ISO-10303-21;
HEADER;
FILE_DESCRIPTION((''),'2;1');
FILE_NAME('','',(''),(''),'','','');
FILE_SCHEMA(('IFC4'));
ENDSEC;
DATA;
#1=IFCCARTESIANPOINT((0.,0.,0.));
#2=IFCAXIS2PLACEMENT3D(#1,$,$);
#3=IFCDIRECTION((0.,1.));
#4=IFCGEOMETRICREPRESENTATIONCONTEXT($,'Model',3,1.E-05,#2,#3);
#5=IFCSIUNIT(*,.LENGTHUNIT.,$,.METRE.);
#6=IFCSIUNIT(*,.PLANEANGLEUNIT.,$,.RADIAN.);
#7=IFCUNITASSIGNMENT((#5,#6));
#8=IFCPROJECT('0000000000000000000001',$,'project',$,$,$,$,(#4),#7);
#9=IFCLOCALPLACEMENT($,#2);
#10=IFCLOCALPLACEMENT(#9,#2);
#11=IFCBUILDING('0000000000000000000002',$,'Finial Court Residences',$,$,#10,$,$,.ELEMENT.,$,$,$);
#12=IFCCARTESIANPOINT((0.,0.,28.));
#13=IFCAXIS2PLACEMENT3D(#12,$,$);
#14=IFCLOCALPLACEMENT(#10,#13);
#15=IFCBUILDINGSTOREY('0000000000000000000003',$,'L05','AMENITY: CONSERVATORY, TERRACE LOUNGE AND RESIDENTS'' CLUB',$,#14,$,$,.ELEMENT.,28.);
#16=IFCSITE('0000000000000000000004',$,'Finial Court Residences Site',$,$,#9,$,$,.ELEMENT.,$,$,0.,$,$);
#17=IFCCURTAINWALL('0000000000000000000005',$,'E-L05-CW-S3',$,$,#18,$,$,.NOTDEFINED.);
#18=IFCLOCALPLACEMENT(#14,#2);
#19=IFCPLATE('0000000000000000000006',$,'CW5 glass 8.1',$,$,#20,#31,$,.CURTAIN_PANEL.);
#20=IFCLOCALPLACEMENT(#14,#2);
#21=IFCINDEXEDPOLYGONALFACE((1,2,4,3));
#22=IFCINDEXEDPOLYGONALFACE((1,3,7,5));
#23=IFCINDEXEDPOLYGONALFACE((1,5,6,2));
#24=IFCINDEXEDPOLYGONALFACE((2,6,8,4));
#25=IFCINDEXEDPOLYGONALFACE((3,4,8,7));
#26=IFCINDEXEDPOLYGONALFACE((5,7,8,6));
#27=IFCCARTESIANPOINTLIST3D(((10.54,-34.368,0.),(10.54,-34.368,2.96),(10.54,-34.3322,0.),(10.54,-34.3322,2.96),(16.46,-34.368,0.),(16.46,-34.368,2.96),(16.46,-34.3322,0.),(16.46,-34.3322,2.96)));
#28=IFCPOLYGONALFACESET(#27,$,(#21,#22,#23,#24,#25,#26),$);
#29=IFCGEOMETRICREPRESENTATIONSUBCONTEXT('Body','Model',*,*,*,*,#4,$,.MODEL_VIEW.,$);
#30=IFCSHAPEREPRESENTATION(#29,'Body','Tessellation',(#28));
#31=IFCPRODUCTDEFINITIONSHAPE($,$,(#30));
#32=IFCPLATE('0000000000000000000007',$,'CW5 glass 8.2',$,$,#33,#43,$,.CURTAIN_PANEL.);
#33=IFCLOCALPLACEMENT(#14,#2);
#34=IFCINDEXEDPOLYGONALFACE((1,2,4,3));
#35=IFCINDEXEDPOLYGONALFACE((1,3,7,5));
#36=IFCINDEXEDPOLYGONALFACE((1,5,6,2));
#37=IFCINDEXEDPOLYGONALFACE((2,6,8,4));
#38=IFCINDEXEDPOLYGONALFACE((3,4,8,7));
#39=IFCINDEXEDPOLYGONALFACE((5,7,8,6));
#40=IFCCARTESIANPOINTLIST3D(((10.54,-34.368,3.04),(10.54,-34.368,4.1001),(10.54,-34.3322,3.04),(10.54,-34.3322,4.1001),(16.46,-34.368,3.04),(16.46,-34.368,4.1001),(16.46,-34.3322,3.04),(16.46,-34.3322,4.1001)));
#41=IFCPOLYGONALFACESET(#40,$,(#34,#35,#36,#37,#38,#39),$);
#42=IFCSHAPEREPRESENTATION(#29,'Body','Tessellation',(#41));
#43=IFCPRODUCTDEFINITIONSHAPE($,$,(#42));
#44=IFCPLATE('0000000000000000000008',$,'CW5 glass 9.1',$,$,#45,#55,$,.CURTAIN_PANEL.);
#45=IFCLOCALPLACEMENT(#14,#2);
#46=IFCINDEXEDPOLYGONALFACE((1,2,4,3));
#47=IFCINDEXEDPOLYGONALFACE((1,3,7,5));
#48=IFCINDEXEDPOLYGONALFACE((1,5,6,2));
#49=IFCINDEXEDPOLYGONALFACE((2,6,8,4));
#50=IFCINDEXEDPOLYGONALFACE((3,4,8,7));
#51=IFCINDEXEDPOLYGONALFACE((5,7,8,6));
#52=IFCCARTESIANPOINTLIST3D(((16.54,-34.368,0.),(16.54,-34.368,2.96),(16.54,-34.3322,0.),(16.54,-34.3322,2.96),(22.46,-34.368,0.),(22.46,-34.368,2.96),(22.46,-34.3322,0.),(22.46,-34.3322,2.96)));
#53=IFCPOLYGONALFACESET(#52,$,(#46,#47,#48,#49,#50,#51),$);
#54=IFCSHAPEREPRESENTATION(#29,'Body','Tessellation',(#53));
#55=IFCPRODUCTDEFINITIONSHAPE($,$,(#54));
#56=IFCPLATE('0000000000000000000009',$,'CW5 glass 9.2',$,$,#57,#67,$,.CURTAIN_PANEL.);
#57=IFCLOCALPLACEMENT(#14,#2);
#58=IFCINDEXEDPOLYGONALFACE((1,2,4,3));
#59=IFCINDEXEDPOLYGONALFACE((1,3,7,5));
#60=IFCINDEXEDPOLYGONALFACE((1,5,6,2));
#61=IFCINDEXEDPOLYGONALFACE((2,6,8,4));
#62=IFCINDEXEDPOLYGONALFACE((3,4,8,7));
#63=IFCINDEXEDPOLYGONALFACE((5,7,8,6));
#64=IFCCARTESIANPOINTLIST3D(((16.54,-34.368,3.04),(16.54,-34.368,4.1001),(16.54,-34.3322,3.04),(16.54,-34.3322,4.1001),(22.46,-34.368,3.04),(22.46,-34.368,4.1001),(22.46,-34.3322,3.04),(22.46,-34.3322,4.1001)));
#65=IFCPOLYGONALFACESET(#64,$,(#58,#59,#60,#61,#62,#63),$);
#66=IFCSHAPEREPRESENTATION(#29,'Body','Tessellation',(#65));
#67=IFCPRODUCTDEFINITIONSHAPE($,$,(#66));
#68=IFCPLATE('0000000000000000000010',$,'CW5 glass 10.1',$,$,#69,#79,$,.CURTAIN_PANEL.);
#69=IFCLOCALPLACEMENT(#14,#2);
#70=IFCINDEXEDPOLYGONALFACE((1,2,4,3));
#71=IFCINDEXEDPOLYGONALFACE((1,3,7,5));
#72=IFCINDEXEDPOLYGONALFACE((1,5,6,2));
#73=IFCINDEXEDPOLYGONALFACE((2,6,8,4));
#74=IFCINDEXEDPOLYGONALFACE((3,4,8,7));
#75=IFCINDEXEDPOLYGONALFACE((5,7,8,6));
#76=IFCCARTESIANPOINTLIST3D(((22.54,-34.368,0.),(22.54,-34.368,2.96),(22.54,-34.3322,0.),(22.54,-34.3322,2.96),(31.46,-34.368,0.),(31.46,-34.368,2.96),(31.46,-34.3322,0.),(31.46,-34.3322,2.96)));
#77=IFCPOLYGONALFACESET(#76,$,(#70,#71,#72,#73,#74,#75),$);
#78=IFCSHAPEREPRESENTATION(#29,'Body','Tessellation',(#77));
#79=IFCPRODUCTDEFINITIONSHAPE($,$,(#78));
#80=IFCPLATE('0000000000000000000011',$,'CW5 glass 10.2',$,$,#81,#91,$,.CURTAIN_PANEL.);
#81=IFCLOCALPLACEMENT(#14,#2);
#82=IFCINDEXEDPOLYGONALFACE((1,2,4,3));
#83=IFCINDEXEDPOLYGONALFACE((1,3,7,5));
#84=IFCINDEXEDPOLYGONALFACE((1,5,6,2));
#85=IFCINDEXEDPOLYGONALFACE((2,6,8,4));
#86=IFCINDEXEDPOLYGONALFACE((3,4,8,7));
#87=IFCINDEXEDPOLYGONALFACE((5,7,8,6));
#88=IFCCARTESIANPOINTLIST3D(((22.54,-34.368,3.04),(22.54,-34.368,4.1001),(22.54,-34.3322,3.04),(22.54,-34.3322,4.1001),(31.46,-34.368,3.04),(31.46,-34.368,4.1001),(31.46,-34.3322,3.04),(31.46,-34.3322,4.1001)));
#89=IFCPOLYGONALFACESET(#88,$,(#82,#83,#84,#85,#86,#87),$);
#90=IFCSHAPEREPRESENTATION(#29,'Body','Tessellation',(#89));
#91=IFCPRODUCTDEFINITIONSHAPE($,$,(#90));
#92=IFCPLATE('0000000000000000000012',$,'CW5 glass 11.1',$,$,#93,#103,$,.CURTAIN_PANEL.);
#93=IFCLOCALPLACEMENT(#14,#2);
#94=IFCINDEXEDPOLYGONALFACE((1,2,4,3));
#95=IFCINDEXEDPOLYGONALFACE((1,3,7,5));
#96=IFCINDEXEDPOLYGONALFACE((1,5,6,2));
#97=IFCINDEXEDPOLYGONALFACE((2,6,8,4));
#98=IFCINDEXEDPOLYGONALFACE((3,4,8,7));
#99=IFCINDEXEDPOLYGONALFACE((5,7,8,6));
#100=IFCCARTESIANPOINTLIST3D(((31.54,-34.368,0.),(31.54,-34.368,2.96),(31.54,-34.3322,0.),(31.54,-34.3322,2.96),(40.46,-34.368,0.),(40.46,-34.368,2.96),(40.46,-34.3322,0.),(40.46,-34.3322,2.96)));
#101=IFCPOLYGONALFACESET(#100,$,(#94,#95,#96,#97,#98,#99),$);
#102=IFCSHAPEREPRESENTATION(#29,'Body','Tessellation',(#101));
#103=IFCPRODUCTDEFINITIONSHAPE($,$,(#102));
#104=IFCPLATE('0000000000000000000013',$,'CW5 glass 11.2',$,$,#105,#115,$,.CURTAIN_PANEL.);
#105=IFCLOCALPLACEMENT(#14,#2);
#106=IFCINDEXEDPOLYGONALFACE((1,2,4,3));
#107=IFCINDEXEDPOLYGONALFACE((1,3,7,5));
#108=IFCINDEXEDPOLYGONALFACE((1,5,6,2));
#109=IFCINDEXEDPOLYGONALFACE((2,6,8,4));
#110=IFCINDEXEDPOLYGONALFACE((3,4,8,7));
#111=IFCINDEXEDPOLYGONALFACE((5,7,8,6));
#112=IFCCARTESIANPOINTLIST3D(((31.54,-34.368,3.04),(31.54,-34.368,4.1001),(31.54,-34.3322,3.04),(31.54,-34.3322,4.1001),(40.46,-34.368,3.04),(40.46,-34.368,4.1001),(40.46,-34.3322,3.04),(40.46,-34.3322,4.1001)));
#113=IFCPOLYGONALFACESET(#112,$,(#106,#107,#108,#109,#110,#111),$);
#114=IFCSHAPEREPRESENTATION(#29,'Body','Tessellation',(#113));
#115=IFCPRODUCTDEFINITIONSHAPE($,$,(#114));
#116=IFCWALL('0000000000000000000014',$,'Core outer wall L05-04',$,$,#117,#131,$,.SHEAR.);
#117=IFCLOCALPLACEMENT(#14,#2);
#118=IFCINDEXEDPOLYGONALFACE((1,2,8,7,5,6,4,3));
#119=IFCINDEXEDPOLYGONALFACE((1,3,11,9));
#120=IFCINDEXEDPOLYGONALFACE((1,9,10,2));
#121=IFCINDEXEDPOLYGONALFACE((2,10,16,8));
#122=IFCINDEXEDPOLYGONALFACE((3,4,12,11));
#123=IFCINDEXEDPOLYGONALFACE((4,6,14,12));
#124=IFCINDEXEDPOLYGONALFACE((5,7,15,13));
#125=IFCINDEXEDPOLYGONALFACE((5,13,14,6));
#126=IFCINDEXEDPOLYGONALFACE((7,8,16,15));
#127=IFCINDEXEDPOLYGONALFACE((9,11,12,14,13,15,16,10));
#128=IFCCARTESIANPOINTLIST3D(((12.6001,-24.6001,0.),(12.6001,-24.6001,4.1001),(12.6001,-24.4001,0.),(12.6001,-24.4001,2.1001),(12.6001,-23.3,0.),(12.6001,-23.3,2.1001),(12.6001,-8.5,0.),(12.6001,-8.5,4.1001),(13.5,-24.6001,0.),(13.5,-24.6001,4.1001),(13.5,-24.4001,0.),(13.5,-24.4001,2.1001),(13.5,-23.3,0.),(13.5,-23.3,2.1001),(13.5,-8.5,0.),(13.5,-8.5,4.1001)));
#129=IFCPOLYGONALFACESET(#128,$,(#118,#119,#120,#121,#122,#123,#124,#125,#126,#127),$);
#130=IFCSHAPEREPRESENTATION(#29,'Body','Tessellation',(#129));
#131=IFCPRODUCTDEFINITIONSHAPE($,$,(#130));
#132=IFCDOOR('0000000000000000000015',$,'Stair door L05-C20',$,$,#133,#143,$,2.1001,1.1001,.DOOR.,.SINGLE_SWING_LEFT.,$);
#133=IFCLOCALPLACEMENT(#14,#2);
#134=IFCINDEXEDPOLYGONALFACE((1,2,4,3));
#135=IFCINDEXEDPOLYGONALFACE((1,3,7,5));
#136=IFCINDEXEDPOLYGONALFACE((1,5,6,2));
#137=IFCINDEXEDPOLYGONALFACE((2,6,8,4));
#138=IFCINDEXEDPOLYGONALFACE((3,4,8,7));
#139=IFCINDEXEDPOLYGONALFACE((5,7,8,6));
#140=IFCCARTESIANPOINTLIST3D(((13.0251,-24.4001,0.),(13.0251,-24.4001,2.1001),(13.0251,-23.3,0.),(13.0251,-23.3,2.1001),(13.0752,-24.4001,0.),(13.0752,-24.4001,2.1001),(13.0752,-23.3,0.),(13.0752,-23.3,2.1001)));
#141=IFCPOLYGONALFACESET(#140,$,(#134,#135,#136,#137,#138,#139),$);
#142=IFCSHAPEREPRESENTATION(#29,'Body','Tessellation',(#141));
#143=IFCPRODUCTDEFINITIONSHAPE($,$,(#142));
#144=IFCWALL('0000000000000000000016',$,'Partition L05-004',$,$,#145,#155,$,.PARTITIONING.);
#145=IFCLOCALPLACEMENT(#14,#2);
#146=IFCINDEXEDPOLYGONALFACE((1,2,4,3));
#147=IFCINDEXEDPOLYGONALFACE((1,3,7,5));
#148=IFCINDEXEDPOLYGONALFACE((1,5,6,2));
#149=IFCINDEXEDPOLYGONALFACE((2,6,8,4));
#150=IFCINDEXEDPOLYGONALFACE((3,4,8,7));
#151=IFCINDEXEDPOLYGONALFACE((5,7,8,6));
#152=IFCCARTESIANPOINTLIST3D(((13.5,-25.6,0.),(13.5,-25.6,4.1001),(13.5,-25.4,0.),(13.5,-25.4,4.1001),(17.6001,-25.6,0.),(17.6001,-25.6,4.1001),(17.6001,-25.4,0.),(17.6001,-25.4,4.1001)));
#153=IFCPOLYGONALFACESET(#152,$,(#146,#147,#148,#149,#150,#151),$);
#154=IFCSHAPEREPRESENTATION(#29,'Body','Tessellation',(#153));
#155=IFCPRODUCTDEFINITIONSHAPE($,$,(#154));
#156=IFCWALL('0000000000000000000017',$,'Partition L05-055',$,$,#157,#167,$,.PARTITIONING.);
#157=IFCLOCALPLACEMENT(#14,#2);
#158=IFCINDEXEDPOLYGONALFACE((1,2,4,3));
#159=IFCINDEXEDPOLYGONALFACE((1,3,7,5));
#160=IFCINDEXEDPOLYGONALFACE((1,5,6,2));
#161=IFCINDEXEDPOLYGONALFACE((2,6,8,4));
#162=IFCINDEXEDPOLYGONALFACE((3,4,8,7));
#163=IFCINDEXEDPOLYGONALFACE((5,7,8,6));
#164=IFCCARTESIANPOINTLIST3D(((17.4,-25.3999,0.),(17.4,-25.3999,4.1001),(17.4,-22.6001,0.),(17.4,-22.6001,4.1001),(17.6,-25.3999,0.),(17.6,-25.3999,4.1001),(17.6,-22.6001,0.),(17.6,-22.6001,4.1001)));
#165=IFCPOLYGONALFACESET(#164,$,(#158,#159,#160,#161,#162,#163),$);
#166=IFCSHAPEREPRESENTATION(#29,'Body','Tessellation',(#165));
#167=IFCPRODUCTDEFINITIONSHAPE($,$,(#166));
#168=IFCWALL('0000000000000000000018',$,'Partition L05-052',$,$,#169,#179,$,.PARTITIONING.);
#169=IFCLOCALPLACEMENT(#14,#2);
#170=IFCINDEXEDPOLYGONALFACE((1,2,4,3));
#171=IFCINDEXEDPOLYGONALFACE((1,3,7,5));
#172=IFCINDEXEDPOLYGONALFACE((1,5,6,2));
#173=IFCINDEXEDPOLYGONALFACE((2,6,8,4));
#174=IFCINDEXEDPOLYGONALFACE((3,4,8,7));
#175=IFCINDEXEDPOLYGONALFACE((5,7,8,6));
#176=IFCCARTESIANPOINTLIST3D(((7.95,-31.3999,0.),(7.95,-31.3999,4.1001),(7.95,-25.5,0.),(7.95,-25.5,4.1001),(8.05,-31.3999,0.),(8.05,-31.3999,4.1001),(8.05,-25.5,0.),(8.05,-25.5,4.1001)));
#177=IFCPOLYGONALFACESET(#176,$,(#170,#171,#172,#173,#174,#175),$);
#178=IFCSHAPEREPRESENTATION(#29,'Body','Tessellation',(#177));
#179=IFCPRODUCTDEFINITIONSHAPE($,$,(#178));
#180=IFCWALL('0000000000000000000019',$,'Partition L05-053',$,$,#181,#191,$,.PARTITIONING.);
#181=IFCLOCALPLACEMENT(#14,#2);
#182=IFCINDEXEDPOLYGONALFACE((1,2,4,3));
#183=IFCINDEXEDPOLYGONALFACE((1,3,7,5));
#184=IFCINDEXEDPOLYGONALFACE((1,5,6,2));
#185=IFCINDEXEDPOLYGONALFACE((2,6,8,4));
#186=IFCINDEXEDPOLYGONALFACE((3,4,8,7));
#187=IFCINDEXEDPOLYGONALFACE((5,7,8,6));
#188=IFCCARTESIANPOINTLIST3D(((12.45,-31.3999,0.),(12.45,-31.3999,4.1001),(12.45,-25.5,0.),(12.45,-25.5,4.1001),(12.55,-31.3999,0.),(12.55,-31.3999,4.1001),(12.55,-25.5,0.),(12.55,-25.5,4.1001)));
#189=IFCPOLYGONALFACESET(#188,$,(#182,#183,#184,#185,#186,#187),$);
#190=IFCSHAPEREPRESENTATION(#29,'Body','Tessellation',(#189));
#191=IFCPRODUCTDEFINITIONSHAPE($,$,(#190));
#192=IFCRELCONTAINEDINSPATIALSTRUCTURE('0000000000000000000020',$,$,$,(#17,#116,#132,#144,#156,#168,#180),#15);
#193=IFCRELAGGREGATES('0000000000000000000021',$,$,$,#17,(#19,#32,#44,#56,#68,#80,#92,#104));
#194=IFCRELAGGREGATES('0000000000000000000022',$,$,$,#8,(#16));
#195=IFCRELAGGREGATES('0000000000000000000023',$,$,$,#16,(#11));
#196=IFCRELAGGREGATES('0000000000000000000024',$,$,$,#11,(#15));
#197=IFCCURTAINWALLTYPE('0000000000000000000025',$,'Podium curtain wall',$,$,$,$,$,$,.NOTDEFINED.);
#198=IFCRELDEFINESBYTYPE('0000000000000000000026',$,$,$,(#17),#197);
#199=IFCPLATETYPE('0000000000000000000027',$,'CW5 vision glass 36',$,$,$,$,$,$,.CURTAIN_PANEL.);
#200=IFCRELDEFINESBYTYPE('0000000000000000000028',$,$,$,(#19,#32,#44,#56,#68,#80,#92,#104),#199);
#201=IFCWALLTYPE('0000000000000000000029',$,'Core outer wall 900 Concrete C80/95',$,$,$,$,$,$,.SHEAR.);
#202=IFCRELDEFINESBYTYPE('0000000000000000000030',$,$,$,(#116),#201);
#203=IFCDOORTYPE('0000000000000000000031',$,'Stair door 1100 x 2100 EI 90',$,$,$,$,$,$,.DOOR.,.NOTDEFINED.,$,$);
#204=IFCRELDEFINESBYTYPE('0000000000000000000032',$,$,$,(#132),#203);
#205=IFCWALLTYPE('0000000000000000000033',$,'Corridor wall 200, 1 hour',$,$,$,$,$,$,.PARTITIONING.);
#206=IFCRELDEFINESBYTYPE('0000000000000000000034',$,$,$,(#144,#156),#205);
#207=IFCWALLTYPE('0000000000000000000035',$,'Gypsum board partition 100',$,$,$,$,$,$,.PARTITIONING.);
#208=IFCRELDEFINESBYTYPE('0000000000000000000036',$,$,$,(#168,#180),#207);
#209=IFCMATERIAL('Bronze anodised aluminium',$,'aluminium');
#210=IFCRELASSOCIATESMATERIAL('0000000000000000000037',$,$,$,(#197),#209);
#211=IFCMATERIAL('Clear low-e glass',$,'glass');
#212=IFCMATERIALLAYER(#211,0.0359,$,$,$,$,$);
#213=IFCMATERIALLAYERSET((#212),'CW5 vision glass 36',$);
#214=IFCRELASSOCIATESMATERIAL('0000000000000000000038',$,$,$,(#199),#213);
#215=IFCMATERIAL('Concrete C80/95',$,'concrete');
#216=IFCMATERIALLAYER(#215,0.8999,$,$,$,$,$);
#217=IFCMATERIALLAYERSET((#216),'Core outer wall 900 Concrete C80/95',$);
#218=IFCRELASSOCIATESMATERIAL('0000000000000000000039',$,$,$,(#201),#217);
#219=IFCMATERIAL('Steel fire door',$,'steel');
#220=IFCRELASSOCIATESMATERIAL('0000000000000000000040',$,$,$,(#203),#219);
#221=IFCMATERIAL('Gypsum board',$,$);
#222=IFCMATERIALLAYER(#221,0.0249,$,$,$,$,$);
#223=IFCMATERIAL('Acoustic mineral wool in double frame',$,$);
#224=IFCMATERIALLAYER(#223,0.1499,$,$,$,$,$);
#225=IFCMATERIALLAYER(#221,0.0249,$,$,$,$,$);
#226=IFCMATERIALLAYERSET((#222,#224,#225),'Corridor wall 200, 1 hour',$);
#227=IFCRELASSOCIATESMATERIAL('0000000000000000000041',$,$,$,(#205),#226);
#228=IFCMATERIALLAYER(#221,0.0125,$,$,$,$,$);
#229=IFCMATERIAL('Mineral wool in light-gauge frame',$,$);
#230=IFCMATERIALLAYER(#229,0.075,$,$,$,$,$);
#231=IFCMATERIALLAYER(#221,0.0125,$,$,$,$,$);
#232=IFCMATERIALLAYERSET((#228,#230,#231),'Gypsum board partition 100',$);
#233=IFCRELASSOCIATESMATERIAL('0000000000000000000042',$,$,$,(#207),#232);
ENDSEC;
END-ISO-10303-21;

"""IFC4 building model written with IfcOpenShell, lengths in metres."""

from ifc_helpers import new_model, si_unit, direction, frame, frame_2d, origin, origin_2d, place, context, subcontext, project, spatial, rectangle, extrude, material, layer, layer_set, type_object, element, fill, aggregate, save


model = new_model("IFC4")

# Units and contexts
model_context = context("Model", 3, precision=1e-05, world=origin(), true_north=direction((0.0, 1.0)))
body_context = subcontext(model_context, "Body", "Model", "MODEL_VIEW")
ifc_project = project(units=[si_unit("LENGTHUNIT", "METRE"), si_unit("PLANEANGLEUNIT", "RADIAN")], contexts=[model_context])

# Site, building, storey
site_placement = place(None, origin())
site = spatial("IfcSite", under=ifc_project, at=site_placement, Name="Finial Court Residences Site", CompositionType="ELEMENT", RefElevation=0.0)
building_placement = place(site_placement, origin())
building = spatial("IfcBuilding", under=site, at=building_placement, Name="Finial Court Residences", CompositionType="ELEMENT")
storey_placement = place(building_placement, frame((0.0, 0.0, 28.0)))
storey = spatial("IfcBuildingStorey", under=building, at=storey_placement, Name="L05", Description="AMENITY: CONSERVATORY, TERRACE LOUNGE AND RESIDENTS' CLUB", CompositionType="ELEMENT", Elevation=28.0)

# Shared definitions
ifc_material_1 = material(Name="Concrete C80/95", Category="concrete")

# Curtain wall, plates
ifc_material_2 = material(Name="Bronze anodised aluminium", Category="aluminium")
curtain_wall_type = type_object("IfcCurtainWallType", Name="Podium curtain wall", PredefinedType="NOTDEFINED", material=ifc_material_2)
curtain_wall_placement = place(storey_placement, origin())
curtain_wall = element("IfcCurtainWall", 1, at=curtain_wall_placement, inside=storey, type_object=curtain_wall_type, Name="E-L05-CW-S3", PredefinedType="NOTDEFINED")
ifc_material_3 = material(Name="Clear low-e glass", Category="glass")
ifc_layer_1 = layer(ifc_material_3, 0.0359)
ifc_layer_set_1 = layer_set([ifc_layer_1], Name="CW5 vision glass 36")
plate_type = type_object("IfcPlateType", Name="CW5 vision glass 36", PredefinedType="CURTAIN_PANEL", material=ifc_layer_set_1)
plate_1_placement = place(storey_placement, frame((13.5, -34.3501, 0.0), z_axis=(0.0, 0.0, 1.0), x_axis=(1.0, 0.0, 0.0)))
plate_1 = element("IfcPlate", 2, at=plate_1_placement, type_object=plate_type, Name="CW5 glass 8.1", PredefinedType="CURTAIN_PANEL", context=body_context, shape_type="SweptSolid", body=[
    extrude(rectangle(XDim=5.9199, YDim=0.0359, at=origin_2d()), origin(), (0.0, 0.0, 1.0), 2.96),
])
plate_2_placement = place(storey_placement, frame((13.5, -34.3501, 3.04), z_axis=(0.0, 0.0, 1.0), x_axis=(1.0, 0.0, 0.0)))
plate_2 = element("IfcPlate", 3, at=plate_2_placement, type_object=plate_type, Name="CW5 glass 8.2", PredefinedType="CURTAIN_PANEL", context=body_context, shape_type="SweptSolid", body=[
    extrude(rectangle(XDim=5.9199, YDim=0.0359, at=origin_2d()), origin(), (0.0, 0.0, 1.0), 1.0601),
])
plate_3_placement = place(storey_placement, frame((19.5, -34.3501, 0.0), z_axis=(0.0, 0.0, 1.0), x_axis=(1.0, 0.0, 0.0)))
plate_3 = element("IfcPlate", 4, at=plate_3_placement, type_object=plate_type, Name="CW5 glass 9.1", PredefinedType="CURTAIN_PANEL", context=body_context, shape_type="SweptSolid", body=[
    extrude(rectangle(XDim=5.9199, YDim=0.0359, at=origin_2d()), origin(), (0.0, 0.0, 1.0), 2.96),
])
plate_4_placement = place(storey_placement, frame((19.5, -34.3501, 3.04), z_axis=(0.0, 0.0, 1.0), x_axis=(1.0, 0.0, 0.0)))
plate_4 = element("IfcPlate", 5, at=plate_4_placement, type_object=plate_type, Name="CW5 glass 9.2", PredefinedType="CURTAIN_PANEL", context=body_context, shape_type="SweptSolid", body=[
    extrude(rectangle(XDim=5.9199, YDim=0.0359, at=origin_2d()), origin(), (0.0, 0.0, 1.0), 1.0601),
])
plate_5_placement = place(storey_placement, frame((27.0, -34.3501, 0.0), z_axis=(0.0, 0.0, 1.0), x_axis=(1.0, 0.0, 0.0)))
plate_5 = element("IfcPlate", 6, at=plate_5_placement, type_object=plate_type, Name="CW5 glass 10.1", PredefinedType="CURTAIN_PANEL", context=body_context, shape_type="SweptSolid", body=[
    extrude(rectangle(XDim=8.9199, YDim=0.0359, at=origin_2d()), origin(), (0.0, 0.0, 1.0), 2.96),
])
plate_6_placement = place(storey_placement, frame((27.0, -34.3501, 3.04), z_axis=(0.0, 0.0, 1.0), x_axis=(1.0, 0.0, 0.0)))
plate_6 = element("IfcPlate", 7, at=plate_6_placement, type_object=plate_type, Name="CW5 glass 10.2", PredefinedType="CURTAIN_PANEL", context=body_context, shape_type="SweptSolid", body=[
    extrude(rectangle(XDim=8.9199, YDim=0.0359, at=origin_2d()), origin(), (0.0, 0.0, 1.0), 1.0601),
])
plate_7_placement = place(storey_placement, frame((36.0, -34.3501, 0.0), z_axis=(0.0, 0.0, 1.0), x_axis=(1.0, 0.0, 0.0)))
plate_7 = element("IfcPlate", 8, at=plate_7_placement, type_object=plate_type, Name="CW5 glass 11.1", PredefinedType="CURTAIN_PANEL", context=body_context, shape_type="SweptSolid", body=[
    extrude(rectangle(XDim=8.9199, YDim=0.0359, at=origin_2d()), origin(), (0.0, 0.0, 1.0), 2.96),
])
plate_8_placement = place(storey_placement, frame((36.0, -34.3501, 3.04), z_axis=(0.0, 0.0, 1.0), x_axis=(1.0, 0.0, 0.0)))
plate_8 = element("IfcPlate", 9, at=plate_8_placement, type_object=plate_type, Name="CW5 glass 11.2", PredefinedType="CURTAIN_PANEL", context=body_context, shape_type="SweptSolid", body=[
    extrude(rectangle(XDim=8.9199, YDim=0.0359, at=origin_2d()), origin(), (0.0, 0.0, 1.0), 1.0601),
])
aggregate(curtain_wall, [plate_1, plate_2, plate_3, plate_4, plate_5, plate_6, plate_7, plate_8])

# Wall, opening, door
ifc_layer_2 = layer(ifc_material_1, 0.8999)
ifc_layer_set_2 = layer_set([ifc_layer_2], Name="Core outer wall 900 Concrete C80/95")
wall_type_1 = type_object("IfcWallType", Name="Core outer wall 900 Concrete C80/95", PredefinedType="SHEAR", material=ifc_layer_set_2)
wall_1_placement = place(storey_placement, frame((13.05, -24.6001, 0.0), z_axis=(0.0, 0.0, 1.0), x_axis=(0.0, 1.0, 0.0)))
wall_1 = element("IfcWall", 10, at=wall_1_placement, inside=storey, type_object=wall_type_1, Name="Core outer wall L05-04", PredefinedType="SHEAR", context=body_context, shape_type="SweptSolid", body=[
    extrude(rectangle(XDim=16.1001, YDim=0.8999, at=frame_2d((8.05, 0.0))), origin(), (0.0, 0.0, 1.0), 4.1001),
])
opening_placement = place(wall_1_placement, frame((0.2, 0.0, 0.0)))
opening = element("IfcOpeningElement", 11, at=opening_placement, cuts=wall_1, PredefinedType="OPENING", context=body_context, shape_type="SweptSolid", body=[
    extrude(rectangle(XDim=1.1001, YDim=2.1001, at=frame_2d((0.55, 1.05))), frame((0.0, 0.46, 0.0), z_axis=(0.0, -1.0, 0.0), x_axis=(1.0, 0.0, 0.0)), (0.0, 0.0, 1.0), 0.9199),
])
ifc_material_4 = material(Name="Steel fire door", Category="steel")
door_type = type_object("IfcDoorType", Name="Stair door 1100 x 2100 EI 90", OperationType="NOTDEFINED", PredefinedType="DOOR", material=ifc_material_4)
door_placement = place(opening_placement, origin())
door = element("IfcDoor", 12, at=door_placement, inside=storey, type_object=door_type, Name="Stair door L05-C20", OperationType="SINGLE_SWING_LEFT", OverallHeight=2.1001, OverallWidth=1.1001, PredefinedType="DOOR", context=body_context, shape_type="SweptSolid", body=[
    extrude(rectangle(XDim=1.1001, YDim=2.1001, at=frame_2d((0.55, 1.05))), frame((0.0, 0.0249, 0.0), z_axis=(0.0, -1.0, 0.0), x_axis=(1.0, 0.0, 0.0)), (0.0, 0.0, 1.0), 0.05),
])
fill(opening, door)

# Walls
ifc_material_5 = material(Name="Gypsum board")
ifc_layer_3 = layer(ifc_material_5, 0.0249)
ifc_material_6 = material(Name="Acoustic mineral wool in double frame")
ifc_layer_4 = layer(ifc_material_6, 0.1499)
ifc_layer_5 = layer(ifc_material_5, 0.0249)
ifc_layer_set_3 = layer_set([ifc_layer_3, ifc_layer_4, ifc_layer_5], Name="Corridor wall 200, 1 hour")
wall_type_2 = type_object("IfcWallType", Name="Corridor wall 200, 1 hour", PredefinedType="PARTITIONING", material=ifc_layer_set_3)
wall_2_placement = place(storey_placement, frame((13.5, -25.5, 0.0), z_axis=(0.0, 0.0, 1.0), x_axis=(1.0, 0.0, 0.0)))
element("IfcWall", 13, at=wall_2_placement, inside=storey, type_object=wall_type_2, Name="Partition L05-004", PredefinedType="PARTITIONING", context=body_context, shape_type="SweptSolid", body=[
    extrude(rectangle(XDim=4.1001, YDim=0.2, at=frame_2d((2.05, 0.0))), origin(), (0.0, 0.0, 1.0), 4.1001),
])
wall_3_placement = place(storey_placement, frame((17.5, -25.3999, 0.0), z_axis=(0.0, 0.0, 1.0), x_axis=(0.0, 1.0, 0.0)))
element("IfcWall", 14, at=wall_3_placement, inside=storey, type_object=wall_type_2, Name="Partition L05-055", PredefinedType="PARTITIONING", context=body_context, shape_type="SweptSolid", body=[
    extrude(rectangle(XDim=2.7998, YDim=0.2, at=frame_2d((1.3999, 0.0))), origin(), (0.0, 0.0, 1.0), 4.1001),
])
ifc_layer_6 = layer(ifc_material_5, 0.0125)
ifc_material_7 = material(Name="Mineral wool in light-gauge frame")
ifc_layer_7 = layer(ifc_material_7, 0.075)
ifc_layer_8 = layer(ifc_material_5, 0.0125)
ifc_layer_set_4 = layer_set([ifc_layer_6, ifc_layer_7, ifc_layer_8], Name="Gypsum board partition 100")
wall_type_3 = type_object("IfcWallType", Name="Gypsum board partition 100", PredefinedType="PARTITIONING", material=ifc_layer_set_4)
for number, where, z_axis, x_axis, name in (
    (15, (8.0, -31.3999, 0.0), (0.0, 0.0, 1.0), (0.0, 1.0, 0.0), "Partition L05-052"),
    (16, (12.5, -31.3999, 0.0), (0.0, 0.0, 1.0), (0.0, 1.0, 0.0), "Partition L05-053"),
):
    element("IfcWall", number, at=place(storey_placement, frame(where, z_axis=z_axis, x_axis=x_axis)), inside=storey, type_object=wall_type_3, Name=name, PredefinedType="PARTITIONING", context=body_context, shape_type="SweptSolid", body=[
        extrude(rectangle(XDim=5.8999, YDim=0.1001, at=frame_2d((2.95, 0.0))), origin(), (0.0, 0.0, 1.0), 4.1001),
    ])

save(model, "model.ifc")
